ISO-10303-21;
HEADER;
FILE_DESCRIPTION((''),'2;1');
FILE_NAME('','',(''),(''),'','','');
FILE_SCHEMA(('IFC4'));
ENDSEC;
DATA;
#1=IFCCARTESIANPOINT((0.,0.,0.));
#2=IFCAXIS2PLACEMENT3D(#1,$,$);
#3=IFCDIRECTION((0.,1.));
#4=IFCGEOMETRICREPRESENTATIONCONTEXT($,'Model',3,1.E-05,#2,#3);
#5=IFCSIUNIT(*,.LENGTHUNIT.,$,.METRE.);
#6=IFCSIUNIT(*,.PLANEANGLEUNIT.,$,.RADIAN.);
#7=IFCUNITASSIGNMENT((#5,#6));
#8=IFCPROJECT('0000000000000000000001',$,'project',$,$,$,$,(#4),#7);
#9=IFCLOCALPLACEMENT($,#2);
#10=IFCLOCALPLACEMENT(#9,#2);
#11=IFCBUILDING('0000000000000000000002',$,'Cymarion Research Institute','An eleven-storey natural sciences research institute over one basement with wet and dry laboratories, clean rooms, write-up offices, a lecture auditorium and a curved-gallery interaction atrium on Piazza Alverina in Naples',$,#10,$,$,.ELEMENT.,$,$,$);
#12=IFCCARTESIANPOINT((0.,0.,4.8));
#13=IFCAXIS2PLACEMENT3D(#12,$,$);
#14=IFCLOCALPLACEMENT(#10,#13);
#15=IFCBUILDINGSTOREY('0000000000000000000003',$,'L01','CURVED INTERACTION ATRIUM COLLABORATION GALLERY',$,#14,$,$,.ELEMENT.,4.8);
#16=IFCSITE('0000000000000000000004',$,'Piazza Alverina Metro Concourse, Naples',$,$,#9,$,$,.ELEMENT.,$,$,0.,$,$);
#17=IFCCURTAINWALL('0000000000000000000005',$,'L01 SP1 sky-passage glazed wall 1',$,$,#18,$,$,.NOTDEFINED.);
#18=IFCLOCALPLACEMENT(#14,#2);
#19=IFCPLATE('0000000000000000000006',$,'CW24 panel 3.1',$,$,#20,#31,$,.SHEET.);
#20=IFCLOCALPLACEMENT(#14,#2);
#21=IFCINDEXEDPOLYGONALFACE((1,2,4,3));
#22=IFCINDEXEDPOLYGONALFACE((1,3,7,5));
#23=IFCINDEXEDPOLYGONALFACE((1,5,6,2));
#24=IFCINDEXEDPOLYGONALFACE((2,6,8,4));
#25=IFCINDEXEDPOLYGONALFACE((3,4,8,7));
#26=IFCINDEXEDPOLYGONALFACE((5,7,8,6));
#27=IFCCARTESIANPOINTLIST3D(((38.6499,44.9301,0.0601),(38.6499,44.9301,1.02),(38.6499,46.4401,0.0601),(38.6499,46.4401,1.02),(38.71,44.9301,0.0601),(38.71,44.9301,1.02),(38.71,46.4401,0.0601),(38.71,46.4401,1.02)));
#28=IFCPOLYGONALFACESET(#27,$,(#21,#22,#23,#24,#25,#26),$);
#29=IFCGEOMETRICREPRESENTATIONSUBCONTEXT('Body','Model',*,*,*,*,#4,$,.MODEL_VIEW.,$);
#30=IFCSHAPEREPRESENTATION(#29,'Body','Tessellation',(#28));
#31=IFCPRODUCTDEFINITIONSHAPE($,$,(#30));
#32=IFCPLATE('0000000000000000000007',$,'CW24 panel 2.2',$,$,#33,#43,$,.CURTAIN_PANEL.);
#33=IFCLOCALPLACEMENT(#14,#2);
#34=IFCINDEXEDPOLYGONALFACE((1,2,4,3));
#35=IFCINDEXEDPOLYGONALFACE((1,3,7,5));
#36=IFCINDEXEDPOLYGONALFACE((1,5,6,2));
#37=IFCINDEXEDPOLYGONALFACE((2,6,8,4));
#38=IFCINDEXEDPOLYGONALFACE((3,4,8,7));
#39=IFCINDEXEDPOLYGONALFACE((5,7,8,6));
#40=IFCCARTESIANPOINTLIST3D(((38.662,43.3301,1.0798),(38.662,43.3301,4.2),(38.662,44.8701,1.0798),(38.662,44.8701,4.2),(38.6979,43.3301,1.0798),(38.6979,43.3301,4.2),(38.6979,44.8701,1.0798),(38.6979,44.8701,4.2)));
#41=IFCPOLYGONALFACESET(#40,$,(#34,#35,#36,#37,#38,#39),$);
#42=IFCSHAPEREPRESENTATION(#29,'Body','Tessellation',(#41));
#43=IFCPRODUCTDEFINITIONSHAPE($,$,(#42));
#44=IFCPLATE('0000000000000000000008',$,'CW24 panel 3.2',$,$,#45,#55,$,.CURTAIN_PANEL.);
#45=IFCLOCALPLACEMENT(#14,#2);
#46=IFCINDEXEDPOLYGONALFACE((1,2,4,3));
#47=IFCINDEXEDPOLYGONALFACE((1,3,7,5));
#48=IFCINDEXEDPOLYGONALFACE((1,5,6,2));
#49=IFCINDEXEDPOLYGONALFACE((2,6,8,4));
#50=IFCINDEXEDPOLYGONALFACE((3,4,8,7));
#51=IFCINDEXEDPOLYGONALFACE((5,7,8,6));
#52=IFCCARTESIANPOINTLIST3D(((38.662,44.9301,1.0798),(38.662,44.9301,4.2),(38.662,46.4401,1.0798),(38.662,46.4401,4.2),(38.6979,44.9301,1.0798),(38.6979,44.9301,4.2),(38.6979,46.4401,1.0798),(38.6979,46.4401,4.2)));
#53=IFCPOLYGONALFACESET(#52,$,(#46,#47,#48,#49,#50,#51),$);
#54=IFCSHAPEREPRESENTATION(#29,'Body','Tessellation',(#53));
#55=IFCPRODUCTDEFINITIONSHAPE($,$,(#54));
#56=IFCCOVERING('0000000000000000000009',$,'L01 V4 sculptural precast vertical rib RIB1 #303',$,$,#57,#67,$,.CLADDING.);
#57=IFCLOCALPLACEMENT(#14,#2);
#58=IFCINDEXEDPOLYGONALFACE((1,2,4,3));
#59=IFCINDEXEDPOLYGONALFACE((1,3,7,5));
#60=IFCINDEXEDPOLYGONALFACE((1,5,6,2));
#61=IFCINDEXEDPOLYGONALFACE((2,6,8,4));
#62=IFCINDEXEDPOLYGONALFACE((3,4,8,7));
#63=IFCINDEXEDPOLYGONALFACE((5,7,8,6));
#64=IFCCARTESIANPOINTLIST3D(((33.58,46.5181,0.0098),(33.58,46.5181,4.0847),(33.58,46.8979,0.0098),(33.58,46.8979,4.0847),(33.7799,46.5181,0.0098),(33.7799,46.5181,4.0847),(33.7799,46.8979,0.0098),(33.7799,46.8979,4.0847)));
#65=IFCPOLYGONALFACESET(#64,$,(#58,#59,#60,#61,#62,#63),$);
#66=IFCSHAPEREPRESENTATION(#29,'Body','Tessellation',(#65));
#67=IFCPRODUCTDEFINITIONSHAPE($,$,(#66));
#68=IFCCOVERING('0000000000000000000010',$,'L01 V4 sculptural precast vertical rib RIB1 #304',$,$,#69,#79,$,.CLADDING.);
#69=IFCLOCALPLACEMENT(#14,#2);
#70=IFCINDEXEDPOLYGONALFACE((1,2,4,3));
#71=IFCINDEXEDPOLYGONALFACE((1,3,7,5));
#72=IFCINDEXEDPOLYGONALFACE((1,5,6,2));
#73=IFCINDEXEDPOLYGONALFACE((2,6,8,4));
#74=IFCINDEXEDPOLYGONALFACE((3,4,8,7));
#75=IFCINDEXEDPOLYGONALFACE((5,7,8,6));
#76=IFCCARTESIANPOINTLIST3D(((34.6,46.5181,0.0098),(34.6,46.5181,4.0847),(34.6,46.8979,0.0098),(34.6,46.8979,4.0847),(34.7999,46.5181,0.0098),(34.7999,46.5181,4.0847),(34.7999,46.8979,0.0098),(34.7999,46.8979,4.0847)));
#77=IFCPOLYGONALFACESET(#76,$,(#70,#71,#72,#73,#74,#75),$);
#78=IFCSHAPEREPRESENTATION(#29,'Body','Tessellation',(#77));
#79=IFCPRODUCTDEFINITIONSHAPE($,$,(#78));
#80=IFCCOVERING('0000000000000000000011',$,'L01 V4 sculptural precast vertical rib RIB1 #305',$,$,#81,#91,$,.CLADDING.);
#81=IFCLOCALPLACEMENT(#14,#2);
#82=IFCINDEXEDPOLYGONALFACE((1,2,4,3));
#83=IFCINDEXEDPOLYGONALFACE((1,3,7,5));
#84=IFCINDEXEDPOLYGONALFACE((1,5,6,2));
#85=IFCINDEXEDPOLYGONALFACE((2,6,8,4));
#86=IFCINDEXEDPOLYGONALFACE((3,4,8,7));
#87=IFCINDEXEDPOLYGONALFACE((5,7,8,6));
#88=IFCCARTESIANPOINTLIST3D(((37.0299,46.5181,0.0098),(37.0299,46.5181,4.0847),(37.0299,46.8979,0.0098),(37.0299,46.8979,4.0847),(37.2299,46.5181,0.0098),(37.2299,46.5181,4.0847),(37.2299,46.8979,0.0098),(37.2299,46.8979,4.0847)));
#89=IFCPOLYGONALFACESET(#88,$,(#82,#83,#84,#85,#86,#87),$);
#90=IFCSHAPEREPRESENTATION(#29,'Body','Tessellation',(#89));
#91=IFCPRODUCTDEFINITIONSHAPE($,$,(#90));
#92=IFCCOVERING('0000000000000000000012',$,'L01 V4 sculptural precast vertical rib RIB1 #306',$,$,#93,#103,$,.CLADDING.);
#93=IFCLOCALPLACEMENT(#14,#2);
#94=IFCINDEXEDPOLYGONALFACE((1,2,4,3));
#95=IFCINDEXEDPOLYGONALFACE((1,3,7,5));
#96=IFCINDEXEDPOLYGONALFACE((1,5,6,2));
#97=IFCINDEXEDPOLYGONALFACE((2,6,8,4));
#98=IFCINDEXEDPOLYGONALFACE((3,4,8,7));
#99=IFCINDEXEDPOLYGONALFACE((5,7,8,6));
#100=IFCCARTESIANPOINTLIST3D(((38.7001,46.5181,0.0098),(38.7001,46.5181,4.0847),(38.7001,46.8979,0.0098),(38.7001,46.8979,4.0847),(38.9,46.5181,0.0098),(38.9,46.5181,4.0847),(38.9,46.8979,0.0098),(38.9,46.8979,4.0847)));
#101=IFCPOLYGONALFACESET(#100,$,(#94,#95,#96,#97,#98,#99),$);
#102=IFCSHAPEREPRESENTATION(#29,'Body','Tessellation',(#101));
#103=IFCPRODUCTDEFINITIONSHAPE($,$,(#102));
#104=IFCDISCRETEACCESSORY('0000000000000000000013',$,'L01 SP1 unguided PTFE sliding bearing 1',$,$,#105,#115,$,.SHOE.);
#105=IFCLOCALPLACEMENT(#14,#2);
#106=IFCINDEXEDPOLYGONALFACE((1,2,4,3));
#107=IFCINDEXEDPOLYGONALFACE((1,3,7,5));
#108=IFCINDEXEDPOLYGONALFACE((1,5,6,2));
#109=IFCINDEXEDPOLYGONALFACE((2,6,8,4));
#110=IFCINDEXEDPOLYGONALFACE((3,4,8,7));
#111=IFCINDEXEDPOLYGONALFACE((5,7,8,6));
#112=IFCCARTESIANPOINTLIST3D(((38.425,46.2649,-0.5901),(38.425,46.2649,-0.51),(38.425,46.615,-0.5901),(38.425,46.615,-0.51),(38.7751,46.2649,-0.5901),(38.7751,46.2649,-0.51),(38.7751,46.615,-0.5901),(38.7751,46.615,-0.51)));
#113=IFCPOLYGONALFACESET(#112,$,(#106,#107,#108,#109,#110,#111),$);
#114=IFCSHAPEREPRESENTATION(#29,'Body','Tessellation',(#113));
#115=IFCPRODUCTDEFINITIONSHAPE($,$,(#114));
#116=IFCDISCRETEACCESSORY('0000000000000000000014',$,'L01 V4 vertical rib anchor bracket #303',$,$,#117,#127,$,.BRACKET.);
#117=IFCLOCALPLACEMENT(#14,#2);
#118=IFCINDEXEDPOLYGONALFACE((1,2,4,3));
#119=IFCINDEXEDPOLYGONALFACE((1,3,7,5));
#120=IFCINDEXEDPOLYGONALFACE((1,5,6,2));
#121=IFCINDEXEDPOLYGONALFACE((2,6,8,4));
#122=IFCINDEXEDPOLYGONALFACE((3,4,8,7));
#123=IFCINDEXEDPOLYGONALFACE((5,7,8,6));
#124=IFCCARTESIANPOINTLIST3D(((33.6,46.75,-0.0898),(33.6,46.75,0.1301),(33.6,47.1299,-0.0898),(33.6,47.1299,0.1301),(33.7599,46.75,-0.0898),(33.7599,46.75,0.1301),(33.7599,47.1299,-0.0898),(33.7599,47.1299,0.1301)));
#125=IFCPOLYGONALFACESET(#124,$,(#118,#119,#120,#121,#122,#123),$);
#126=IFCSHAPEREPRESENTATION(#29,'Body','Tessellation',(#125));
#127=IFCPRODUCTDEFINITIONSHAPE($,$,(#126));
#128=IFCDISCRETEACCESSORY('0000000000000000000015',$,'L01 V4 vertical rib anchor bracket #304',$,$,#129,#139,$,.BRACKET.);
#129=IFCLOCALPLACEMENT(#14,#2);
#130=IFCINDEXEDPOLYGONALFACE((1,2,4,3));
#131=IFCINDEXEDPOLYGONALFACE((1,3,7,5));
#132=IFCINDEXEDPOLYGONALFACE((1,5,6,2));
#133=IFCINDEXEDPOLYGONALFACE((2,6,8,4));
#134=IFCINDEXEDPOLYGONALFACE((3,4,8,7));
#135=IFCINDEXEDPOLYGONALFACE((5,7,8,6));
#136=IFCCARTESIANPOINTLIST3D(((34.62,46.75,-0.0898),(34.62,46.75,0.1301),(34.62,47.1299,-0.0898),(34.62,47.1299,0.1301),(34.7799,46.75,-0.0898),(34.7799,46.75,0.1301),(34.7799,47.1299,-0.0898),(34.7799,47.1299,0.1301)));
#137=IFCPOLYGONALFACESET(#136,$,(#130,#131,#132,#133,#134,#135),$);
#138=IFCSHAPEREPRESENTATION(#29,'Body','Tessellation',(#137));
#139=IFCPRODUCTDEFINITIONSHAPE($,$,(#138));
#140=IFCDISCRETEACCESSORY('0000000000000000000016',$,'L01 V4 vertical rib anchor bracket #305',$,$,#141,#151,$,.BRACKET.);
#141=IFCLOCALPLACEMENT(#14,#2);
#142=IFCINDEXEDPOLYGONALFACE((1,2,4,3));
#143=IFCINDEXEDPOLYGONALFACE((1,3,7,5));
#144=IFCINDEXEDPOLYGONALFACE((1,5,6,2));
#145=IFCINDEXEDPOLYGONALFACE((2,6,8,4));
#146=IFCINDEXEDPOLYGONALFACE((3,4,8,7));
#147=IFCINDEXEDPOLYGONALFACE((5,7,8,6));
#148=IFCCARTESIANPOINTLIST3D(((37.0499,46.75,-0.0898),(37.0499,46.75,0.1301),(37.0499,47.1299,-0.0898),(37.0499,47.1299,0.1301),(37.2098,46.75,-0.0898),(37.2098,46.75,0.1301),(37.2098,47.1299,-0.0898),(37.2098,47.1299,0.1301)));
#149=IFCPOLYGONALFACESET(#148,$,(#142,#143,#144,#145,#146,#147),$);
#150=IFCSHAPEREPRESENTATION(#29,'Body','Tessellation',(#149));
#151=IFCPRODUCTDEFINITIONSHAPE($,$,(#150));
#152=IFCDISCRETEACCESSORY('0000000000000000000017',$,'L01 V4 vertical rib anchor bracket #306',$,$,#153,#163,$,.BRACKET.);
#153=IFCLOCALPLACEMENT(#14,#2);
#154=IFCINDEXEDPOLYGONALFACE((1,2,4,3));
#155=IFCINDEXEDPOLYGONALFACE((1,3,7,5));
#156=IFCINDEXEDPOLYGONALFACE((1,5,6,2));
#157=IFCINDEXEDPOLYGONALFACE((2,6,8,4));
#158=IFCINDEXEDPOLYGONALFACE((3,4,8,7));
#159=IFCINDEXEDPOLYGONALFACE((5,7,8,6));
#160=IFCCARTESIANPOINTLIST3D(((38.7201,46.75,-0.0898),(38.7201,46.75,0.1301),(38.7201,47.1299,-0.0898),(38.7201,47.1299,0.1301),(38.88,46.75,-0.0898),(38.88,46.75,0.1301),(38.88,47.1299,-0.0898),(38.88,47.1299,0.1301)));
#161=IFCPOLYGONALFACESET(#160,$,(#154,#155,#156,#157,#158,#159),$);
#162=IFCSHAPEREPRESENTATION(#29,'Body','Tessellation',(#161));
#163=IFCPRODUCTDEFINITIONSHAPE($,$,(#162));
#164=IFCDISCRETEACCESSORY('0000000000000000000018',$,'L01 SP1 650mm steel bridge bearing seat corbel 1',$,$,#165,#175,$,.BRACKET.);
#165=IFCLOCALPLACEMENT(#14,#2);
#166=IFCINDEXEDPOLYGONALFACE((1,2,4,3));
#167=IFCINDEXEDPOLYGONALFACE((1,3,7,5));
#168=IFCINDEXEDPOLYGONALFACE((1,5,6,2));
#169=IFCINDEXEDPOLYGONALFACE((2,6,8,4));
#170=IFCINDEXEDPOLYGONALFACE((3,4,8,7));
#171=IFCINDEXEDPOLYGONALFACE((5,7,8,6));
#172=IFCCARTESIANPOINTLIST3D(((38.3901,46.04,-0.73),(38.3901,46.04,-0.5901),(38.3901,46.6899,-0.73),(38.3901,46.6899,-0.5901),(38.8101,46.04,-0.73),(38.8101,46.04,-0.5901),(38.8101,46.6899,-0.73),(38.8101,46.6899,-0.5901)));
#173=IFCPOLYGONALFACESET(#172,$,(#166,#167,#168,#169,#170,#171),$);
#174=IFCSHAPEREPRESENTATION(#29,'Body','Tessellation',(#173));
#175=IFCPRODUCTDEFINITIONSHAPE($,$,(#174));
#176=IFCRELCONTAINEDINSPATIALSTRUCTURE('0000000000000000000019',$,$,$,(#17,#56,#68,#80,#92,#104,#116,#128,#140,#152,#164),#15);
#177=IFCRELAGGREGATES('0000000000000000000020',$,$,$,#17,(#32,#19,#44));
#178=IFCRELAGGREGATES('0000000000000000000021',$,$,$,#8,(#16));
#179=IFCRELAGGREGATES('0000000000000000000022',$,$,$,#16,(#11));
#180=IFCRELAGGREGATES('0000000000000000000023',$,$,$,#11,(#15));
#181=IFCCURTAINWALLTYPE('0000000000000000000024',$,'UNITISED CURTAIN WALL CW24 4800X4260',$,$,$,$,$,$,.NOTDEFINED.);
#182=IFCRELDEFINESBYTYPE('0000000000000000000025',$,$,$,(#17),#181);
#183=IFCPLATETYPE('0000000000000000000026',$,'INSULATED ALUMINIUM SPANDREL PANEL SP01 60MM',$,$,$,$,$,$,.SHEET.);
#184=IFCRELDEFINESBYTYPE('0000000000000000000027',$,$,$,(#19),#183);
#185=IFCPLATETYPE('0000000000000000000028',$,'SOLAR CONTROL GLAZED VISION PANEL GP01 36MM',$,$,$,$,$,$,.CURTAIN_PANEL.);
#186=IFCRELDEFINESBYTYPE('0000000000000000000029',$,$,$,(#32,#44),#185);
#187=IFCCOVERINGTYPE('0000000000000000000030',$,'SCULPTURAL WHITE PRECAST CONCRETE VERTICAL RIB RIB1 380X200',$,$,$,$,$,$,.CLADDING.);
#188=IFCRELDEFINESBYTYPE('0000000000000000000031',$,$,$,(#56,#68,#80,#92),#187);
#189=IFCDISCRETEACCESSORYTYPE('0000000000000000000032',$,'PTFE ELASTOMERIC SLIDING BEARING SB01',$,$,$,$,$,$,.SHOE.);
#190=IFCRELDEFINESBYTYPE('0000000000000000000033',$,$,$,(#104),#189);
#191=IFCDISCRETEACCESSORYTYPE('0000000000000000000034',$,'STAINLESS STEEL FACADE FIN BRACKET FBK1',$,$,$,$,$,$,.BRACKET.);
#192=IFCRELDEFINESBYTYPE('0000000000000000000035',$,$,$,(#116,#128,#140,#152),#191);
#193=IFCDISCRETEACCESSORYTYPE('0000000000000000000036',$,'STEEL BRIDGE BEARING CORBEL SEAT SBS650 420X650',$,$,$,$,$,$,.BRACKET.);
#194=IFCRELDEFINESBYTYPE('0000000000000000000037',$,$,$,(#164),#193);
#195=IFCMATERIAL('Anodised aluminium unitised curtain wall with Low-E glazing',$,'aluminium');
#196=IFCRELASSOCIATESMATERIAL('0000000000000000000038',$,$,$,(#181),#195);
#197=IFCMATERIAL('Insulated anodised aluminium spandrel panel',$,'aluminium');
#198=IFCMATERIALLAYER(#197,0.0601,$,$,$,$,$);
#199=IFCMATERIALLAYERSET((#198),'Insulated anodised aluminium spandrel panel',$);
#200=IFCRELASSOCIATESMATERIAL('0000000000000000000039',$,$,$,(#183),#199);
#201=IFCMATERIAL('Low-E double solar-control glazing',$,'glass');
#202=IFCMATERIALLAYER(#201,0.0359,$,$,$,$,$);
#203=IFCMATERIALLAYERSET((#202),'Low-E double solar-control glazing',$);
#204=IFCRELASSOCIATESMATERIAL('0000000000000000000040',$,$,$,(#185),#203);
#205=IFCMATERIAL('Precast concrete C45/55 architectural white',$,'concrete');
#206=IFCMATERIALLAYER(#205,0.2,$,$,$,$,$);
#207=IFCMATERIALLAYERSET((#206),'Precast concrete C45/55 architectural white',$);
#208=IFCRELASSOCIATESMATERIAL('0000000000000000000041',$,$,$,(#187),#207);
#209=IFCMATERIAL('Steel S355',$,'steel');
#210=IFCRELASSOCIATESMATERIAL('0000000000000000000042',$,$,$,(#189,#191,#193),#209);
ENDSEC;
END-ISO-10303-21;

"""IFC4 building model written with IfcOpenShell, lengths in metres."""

from ifc_helpers import new_model, si_unit, direction, frame, origin, origin_2d, place, context, subcontext, project, spatial, rectangle, extrude, material, layer, layer_set, type_object, element, aggregate, save


model = new_model("IFC4")

# Units and contexts
model_context = context("Model", 3, precision=1e-05, world=origin(), true_north=direction((0.0, 1.0)))
body_context = subcontext(model_context, "Body", "Model", "MODEL_VIEW")
ifc_project = project(units=[si_unit("LENGTHUNIT", "METRE"), si_unit("PLANEANGLEUNIT", "RADIAN")], contexts=[model_context])

# Site, building, storey
site_placement = place(None, origin())
site = spatial("IfcSite", under=ifc_project, at=site_placement, Name="Piazza Alverina Metro Concourse, Naples", CompositionType="ELEMENT", RefElevation=0.0)
building_placement = place(site_placement, origin())
building = spatial("IfcBuilding", under=site, at=building_placement, Name="Cymarion Research Institute", Description="An eleven-storey natural sciences research institute over one basement with wet and dry laboratories, clean rooms, write-up offices, a lecture auditorium and a curved-gallery interaction atrium on Piazza Alverina in Naples", CompositionType="ELEMENT")
storey_placement = place(building_placement, frame((0.0, 0.0, 4.8)))
storey = spatial("IfcBuildingStorey", under=building, at=storey_placement, Name="L01", Description="CURVED INTERACTION ATRIUM COLLABORATION GALLERY", CompositionType="ELEMENT", Elevation=4.8)

# Shared definitions
ifc_material_1 = material(Name="Steel S355", Category="steel")

# Curtain wall
ifc_material_2 = material(Name="Anodised aluminium unitised curtain wall with Low-E glazing", Category="aluminium")
curtain_wall_type = type_object("IfcCurtainWallType", Name="UNITISED CURTAIN WALL CW24 4800X4260", PredefinedType="NOTDEFINED", material=ifc_material_2)
curtain_wall_placement = place(storey_placement, origin())
curtain_wall = element("IfcCurtainWall", 1, at=curtain_wall_placement, inside=storey, type_object=curtain_wall_type, Name="L01 SP1 sky-passage glazed wall 1", PredefinedType="NOTDEFINED")

# Plates
ifc_material_3 = material(Name="Insulated anodised aluminium spandrel panel", Category="aluminium")
ifc_layer_1 = layer(ifc_material_3, 0.0601)
ifc_layer_set_1 = layer_set([ifc_layer_1], Name="Insulated anodised aluminium spandrel panel")
plate_type_1 = type_object("IfcPlateType", Name="INSULATED ALUMINIUM SPANDREL PANEL SP01 60MM", PredefinedType="SHEET", material=ifc_layer_set_1)
plate_1_placement = place(storey_placement, frame((38.6799, 45.6851, 0.0601), z_axis=(0.0, 0.0, 1.0), x_axis=(0.0, 1.0, 0.0)))
plate_1 = element("IfcPlate", 2, at=plate_1_placement, type_object=plate_type_1, Name="CW24 panel 3.1", PredefinedType="SHEET", context=body_context, shape_type="SweptSolid", body=[
    extrude(rectangle(XDim=1.51, YDim=0.0601, at=origin_2d()), origin(), (0.0, 0.0, 1.0), 0.96),
])
ifc_material_4 = material(Name="Low-E double solar-control glazing", Category="glass")
ifc_layer_2 = layer(ifc_material_4, 0.0359)
ifc_layer_set_2 = layer_set([ifc_layer_2], Name="Low-E double solar-control glazing")
plate_type_2 = type_object("IfcPlateType", Name="SOLAR CONTROL GLAZED VISION PANEL GP01 36MM", PredefinedType="CURTAIN_PANEL", material=ifc_layer_set_2)
plate_2_placement = place(storey_placement, frame((38.6799, 44.1001, 1.0798), z_axis=(0.0, 0.0, 1.0), x_axis=(0.0, 1.0, 0.0)))
plate_2 = element("IfcPlate", 3, at=plate_2_placement, type_object=plate_type_2, Name="CW24 panel 2.2", PredefinedType="CURTAIN_PANEL", context=body_context, shape_type="SweptSolid", body=[
    extrude(rectangle(XDim=1.54, YDim=0.0359, at=origin_2d()), origin(), (0.0, 0.0, 1.0), 3.1201),
])
plate_3_placement = place(storey_placement, frame((38.6799, 45.6851, 1.0798), z_axis=(0.0, 0.0, 1.0), x_axis=(0.0, 1.0, 0.0)))
plate_3 = element("IfcPlate", 4, at=plate_3_placement, type_object=plate_type_2, Name="CW24 panel 3.2", PredefinedType="CURTAIN_PANEL", context=body_context, shape_type="SweptSolid", body=[
    extrude(rectangle(XDim=1.51, YDim=0.0359, at=origin_2d()), origin(), (0.0, 0.0, 1.0), 3.1201),
])
aggregate(curtain_wall, [plate_2, plate_1, plate_3])

# Coverings
ifc_material_5 = material(Name="Precast concrete C45/55 architectural white", Category="concrete")
ifc_layer_3 = layer(ifc_material_5, 0.2)
ifc_layer_set_3 = layer_set([ifc_layer_3], Name="Precast concrete C45/55 architectural white")
covering_type = type_object("IfcCoveringType", Name="SCULPTURAL WHITE PRECAST CONCRETE VERTICAL RIB RIB1 380X200", PredefinedType="CLADDING", material=ifc_layer_set_3)
for number, where, z_axis, x_axis, name in (
    (5, (33.6799, 46.708, 0.0098), (0.0, 0.0, 1.0), (0.0, -1.0, 0.0), "L01 V4 sculptural precast vertical rib RIB1 #303"),
    (6, (34.7, 46.708, 0.0098), (0.0, 0.0, 1.0), (0.0, -1.0, 0.0), "L01 V4 sculptural precast vertical rib RIB1 #304"),
    (7, (37.1299, 46.708, 0.0098), (0.0, 0.0, 1.0), (0.0, -1.0, 0.0), "L01 V4 sculptural precast vertical rib RIB1 #305"),
    (8, (38.8, 46.708, 0.0098), (0.0, 0.0, 1.0), (0.0, -1.0, 0.0), "L01 V4 sculptural precast vertical rib RIB1 #306"),
):
    element("IfcCovering", number, at=place(storey_placement, frame(where, z_axis=z_axis, x_axis=x_axis)), inside=storey, type_object=covering_type, Name=name, PredefinedType="CLADDING", context=body_context, shape_type="SweptSolid", body=[
        extrude(rectangle(XDim=0.3799, YDim=0.2, at=origin_2d()), origin(), (0.0, 0.0, 1.0), 4.075),
    ])

# Discrete accessories
discrete_accessory_type_1 = type_object("IfcDiscreteAccessoryType", Name="PTFE ELASTOMERIC SLIDING BEARING SB01", PredefinedType="SHOE", material=ifc_material_1)
discrete_accessory_1_placement = place(storey_placement, frame((38.6001, 46.4399, -0.5901), z_axis=(0.0, 0.0, 1.0), x_axis=(1.0, 0.0, 0.0)))
element("IfcDiscreteAccessory", 9, at=discrete_accessory_1_placement, inside=storey, type_object=discrete_accessory_type_1, Name="L01 SP1 unguided PTFE sliding bearing 1", PredefinedType="SHOE", context=body_context, shape_type="SweptSolid", body=[
    extrude(rectangle(XDim=0.3501, YDim=0.3501, at=origin_2d()), origin(), (0.0, 0.0, 1.0), 0.0801),
])
discrete_accessory_type_2 = type_object("IfcDiscreteAccessoryType", Name="STAINLESS STEEL FACADE FIN BRACKET FBK1", PredefinedType="BRACKET", material=ifc_material_1)
for number, where, z_axis, x_axis, name in (
    (10, (33.6799, 46.9399, -0.0898), (0.0, 0.0, 1.0), (0.0, -1.0, 0.0), "L01 V4 vertical rib anchor bracket #303"),
    (11, (34.7, 46.9399, -0.0898), (0.0, 0.0, 1.0), (0.0, -1.0, 0.0), "L01 V4 vertical rib anchor bracket #304"),
    (12, (37.1299, 46.9399, -0.0898), (0.0, 0.0, 1.0), (0.0, -1.0, 0.0), "L01 V4 vertical rib anchor bracket #305"),
    (13, (38.8, 46.9399, -0.0898), (0.0, 0.0, 1.0), (0.0, -1.0, 0.0), "L01 V4 vertical rib anchor bracket #306"),
):
    element("IfcDiscreteAccessory", number, at=place(storey_placement, frame(where, z_axis=z_axis, x_axis=x_axis)), inside=storey, type_object=discrete_accessory_type_2, Name=name, PredefinedType="BRACKET", context=body_context, shape_type="SweptSolid", body=[
        extrude(rectangle(XDim=0.3799, YDim=0.1599, at=origin_2d()), origin(), (0.0, 0.0, 1.0), 0.22),
    ])
discrete_accessory_type_3 = type_object("IfcDiscreteAccessoryType", Name="STEEL BRIDGE BEARING CORBEL SEAT SBS650 420X650", PredefinedType="BRACKET", material=ifc_material_1)
discrete_accessory_2_placement = place(storey_placement, frame((38.6001, 46.365, -0.73), z_axis=(0.0, 0.0, 1.0), x_axis=(1.0, 0.0, 0.0)))
element("IfcDiscreteAccessory", 14, at=discrete_accessory_2_placement, inside=storey, type_object=discrete_accessory_type_3, Name="L01 SP1 650mm steel bridge bearing seat corbel 1", PredefinedType="BRACKET", context=body_context, shape_type="SweptSolid", body=[
    extrude(rectangle(XDim=0.4199, YDim=0.6499, at=origin_2d()), origin(), (0.0, 0.0, 1.0), 0.1399),
])

save(model, "model.ifc")
